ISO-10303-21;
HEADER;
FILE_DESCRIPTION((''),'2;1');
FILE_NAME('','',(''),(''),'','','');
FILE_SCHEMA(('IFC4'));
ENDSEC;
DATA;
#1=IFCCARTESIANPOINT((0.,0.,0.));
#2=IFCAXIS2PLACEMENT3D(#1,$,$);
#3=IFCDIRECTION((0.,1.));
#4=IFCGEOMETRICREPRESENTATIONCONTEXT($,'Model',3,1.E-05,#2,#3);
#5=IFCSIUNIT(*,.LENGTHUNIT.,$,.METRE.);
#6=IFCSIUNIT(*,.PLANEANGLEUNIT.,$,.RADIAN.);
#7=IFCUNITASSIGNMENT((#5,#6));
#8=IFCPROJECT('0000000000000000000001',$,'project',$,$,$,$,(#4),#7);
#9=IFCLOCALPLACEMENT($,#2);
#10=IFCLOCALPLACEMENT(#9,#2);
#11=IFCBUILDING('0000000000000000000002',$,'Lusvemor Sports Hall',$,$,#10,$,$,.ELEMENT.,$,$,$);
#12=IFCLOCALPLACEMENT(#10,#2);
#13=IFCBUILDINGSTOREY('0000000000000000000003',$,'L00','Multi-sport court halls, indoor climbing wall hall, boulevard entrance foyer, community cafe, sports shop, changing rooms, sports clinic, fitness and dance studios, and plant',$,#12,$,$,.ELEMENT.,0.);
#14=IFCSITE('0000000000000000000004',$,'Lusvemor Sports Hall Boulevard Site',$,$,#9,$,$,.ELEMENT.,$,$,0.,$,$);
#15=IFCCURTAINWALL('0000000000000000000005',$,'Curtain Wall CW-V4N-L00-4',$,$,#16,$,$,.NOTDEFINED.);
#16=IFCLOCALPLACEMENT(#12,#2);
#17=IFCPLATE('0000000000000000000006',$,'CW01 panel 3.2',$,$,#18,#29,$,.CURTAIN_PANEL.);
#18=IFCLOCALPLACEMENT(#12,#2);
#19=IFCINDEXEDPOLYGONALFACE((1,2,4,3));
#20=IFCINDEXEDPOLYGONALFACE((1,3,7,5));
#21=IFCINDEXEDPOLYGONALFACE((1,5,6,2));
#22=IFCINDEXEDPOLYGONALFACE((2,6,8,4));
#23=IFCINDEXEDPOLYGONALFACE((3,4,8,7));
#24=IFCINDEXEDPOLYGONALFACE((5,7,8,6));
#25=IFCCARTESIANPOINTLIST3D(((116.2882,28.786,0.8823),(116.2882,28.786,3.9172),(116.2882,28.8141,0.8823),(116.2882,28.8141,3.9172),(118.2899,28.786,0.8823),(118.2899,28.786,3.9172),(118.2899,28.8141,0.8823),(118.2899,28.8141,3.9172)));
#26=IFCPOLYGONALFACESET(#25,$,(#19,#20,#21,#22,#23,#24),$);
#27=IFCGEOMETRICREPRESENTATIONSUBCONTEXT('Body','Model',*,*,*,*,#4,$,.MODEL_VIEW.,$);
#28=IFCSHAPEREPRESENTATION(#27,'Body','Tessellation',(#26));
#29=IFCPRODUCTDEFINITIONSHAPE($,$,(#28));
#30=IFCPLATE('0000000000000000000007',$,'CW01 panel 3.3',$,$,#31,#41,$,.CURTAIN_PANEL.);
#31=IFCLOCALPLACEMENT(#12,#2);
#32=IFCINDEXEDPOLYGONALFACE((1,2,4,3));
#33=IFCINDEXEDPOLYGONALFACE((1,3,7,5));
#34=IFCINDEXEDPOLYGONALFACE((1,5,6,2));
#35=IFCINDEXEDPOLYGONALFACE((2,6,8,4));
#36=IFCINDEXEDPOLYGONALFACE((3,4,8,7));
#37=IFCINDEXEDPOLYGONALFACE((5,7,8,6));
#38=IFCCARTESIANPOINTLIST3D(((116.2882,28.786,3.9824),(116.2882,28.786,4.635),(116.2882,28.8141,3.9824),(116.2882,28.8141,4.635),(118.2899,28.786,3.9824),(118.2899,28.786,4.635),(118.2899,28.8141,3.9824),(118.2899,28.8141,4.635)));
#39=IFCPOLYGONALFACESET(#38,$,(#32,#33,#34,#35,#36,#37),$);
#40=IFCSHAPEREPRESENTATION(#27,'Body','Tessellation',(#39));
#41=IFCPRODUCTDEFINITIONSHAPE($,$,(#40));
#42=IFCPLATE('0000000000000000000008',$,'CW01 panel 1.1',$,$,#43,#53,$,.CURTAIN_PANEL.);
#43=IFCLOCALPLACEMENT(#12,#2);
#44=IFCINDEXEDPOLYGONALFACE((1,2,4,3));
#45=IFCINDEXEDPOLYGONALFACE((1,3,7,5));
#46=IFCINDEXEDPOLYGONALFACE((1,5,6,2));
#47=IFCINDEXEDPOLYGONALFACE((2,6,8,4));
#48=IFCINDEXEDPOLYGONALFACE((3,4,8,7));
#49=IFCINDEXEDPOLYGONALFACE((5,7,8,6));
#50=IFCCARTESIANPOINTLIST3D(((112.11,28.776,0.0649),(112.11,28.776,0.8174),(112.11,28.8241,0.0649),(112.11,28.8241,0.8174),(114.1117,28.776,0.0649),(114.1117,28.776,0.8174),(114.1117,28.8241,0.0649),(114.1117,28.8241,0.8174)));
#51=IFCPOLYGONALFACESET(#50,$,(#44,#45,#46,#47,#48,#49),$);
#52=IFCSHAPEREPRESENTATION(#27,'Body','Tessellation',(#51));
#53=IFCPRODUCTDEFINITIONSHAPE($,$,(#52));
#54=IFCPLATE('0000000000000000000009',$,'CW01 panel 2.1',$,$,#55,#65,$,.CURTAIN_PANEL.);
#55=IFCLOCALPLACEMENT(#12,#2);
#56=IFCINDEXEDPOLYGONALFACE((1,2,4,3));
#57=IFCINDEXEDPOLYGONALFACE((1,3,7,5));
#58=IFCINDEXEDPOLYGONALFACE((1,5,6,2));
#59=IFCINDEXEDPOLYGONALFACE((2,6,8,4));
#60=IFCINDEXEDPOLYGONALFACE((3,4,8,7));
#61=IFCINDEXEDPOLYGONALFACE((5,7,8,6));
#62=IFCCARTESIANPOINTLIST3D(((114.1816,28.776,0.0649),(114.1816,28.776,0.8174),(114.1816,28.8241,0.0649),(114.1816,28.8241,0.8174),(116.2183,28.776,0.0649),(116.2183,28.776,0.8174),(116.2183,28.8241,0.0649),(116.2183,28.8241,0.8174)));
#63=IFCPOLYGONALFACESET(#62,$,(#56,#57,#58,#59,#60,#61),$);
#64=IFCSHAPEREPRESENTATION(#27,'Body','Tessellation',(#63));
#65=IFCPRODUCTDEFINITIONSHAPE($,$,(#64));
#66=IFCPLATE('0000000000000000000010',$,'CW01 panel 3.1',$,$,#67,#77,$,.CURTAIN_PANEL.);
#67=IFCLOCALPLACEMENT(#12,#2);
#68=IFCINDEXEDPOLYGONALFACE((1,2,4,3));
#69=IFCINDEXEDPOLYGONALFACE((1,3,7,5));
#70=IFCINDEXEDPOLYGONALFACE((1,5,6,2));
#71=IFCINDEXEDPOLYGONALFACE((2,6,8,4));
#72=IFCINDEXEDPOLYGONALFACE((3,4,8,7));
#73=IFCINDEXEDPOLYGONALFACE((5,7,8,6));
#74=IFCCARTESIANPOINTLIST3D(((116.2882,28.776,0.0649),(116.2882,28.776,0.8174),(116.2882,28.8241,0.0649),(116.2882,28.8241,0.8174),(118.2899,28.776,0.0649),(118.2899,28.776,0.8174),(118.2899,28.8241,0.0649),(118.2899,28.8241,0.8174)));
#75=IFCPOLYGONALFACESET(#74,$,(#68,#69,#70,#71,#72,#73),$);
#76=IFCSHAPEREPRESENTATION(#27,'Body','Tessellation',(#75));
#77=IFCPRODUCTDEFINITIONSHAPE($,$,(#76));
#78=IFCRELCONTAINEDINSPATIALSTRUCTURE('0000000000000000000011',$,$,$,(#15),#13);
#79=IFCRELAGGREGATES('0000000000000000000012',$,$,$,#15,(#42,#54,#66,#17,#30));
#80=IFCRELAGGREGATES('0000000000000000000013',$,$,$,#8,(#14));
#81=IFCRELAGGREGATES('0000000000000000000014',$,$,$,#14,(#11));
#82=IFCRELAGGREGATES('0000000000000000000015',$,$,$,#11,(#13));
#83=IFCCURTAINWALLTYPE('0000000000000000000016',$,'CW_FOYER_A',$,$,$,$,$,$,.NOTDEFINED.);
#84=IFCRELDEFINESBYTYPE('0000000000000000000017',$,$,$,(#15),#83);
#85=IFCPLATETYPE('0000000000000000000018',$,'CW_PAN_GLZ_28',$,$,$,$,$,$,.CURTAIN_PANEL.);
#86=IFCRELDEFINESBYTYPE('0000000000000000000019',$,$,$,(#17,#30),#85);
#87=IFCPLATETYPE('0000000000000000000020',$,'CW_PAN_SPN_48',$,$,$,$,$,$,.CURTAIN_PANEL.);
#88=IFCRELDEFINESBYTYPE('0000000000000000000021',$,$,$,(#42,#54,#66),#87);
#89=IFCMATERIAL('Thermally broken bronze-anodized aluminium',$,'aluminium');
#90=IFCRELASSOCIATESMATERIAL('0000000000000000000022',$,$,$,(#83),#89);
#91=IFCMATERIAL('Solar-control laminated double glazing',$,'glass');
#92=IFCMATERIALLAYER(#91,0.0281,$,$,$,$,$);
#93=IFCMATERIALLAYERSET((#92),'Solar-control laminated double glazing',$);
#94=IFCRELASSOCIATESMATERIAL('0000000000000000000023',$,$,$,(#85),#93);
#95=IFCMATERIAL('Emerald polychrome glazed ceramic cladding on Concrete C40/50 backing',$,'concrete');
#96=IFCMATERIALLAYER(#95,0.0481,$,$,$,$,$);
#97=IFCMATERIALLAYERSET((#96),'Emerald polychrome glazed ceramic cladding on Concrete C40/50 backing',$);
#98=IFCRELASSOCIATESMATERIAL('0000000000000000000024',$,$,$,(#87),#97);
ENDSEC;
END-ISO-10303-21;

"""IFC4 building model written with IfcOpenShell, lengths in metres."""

from ifc_helpers import new_model, si_unit, direction, frame, origin, origin_2d, place, context, subcontext, project, spatial, rectangle, extrude, material, layer, layer_set, type_object, element, aggregate, save


model = new_model("IFC4")

# Units and contexts
model_context = context("Model", 3, precision=1e-05, world=origin(), true_north=direction((0.0, 1.0)))
body_context = subcontext(model_context, "Body", "Model", "MODEL_VIEW")
ifc_project = project(units=[si_unit("LENGTHUNIT", "METRE"), si_unit("PLANEANGLEUNIT", "RADIAN")], contexts=[model_context])

# Site, building, storey
site_placement = place(None, origin())
site = spatial("IfcSite", under=ifc_project, at=site_placement, Name="Lusvemor Sports Hall Boulevard Site", CompositionType="ELEMENT", RefElevation=0.0)
building_placement = place(site_placement, origin())
building = spatial("IfcBuilding", under=site, at=building_placement, Name="Lusvemor Sports Hall", CompositionType="ELEMENT")
storey_placement = place(building_placement, origin())
storey = spatial("IfcBuildingStorey", under=building, at=storey_placement, Name="L00", Description="Multi-sport court halls, indoor climbing wall hall, boulevard entrance foyer, community cafe, sports shop, changing rooms, sports clinic, fitness and dance studios, and plant", CompositionType="ELEMENT", Elevation=0.0)

# Curtain wall, plates
ifc_material_1 = material(Name="Thermally broken bronze-anodized aluminium", Category="aluminium")
curtain_wall_type = type_object("IfcCurtainWallType", Name="CW_FOYER_A", PredefinedType="NOTDEFINED", material=ifc_material_1)
curtain_wall_placement = place(storey_placement, origin())
curtain_wall = element("IfcCurtainWall", 1, at=curtain_wall_placement, inside=storey, type_object=curtain_wall_type, Name="Curtain Wall CW-V4N-L00-4", PredefinedType="NOTDEFINED")
ifc_material_2 = material(Name="Solar-control laminated double glazing", Category="glass")
ifc_layer_1 = layer(ifc_material_2, 0.0281)
ifc_layer_set_1 = layer_set([ifc_layer_1], Name="Solar-control laminated double glazing")
plate_type_1 = type_object("IfcPlateType", Name="CW_PAN_GLZ_28", PredefinedType="CURTAIN_PANEL", material=ifc_layer_set_1)
plate_1_placement = place(storey_placement, frame((117.2891, 28.8, 0.8823), z_axis=(0.0, 0.0, 1.0), x_axis=(1.0, 0.0, 0.0)))
plate_1 = element("IfcPlate", 2, at=plate_1_placement, type_object=plate_type_1, Name="CW01 panel 3.2", PredefinedType="CURTAIN_PANEL", context=body_context, shape_type="SweptSolid", body=[
    extrude(rectangle(XDim=2.0017, YDim=0.0281, at=origin_2d()), origin(), (0.0, 0.0, 1.0), 3.0349),
])
plate_2_placement = place(storey_placement, frame((117.2891, 28.8, 3.9824), z_axis=(0.0, 0.0, 1.0), x_axis=(1.0, 0.0, 0.0)))
plate_2 = element("IfcPlate", 3, at=plate_2_placement, type_object=plate_type_1, Name="CW01 panel 3.3", PredefinedType="CURTAIN_PANEL", context=body_context, shape_type="SweptSolid", body=[
    extrude(rectangle(XDim=2.0017, YDim=0.0281, at=origin_2d()), origin(), (0.0, 0.0, 1.0), 0.6526),
])
ifc_material_3 = material(Name="Emerald polychrome glazed ceramic cladding on Concrete C40/50 backing", Category="concrete")
ifc_layer_2 = layer(ifc_material_3, 0.0481)
ifc_layer_set_2 = layer_set([ifc_layer_2], Name="Emerald polychrome glazed ceramic cladding on Concrete C40/50 backing")
plate_type_2 = type_object("IfcPlateType", Name="CW_PAN_SPN_48", PredefinedType="CURTAIN_PANEL", material=ifc_layer_set_2)
plate_3_placement = place(storey_placement, frame((113.1108, 28.8, 0.0649), z_axis=(0.0, 0.0, 1.0), x_axis=(1.0, 0.0, 0.0)))
plate_3 = element("IfcPlate", 4, at=plate_3_placement, type_object=plate_type_2, Name="CW01 panel 1.1", PredefinedType="CURTAIN_PANEL", context=body_context, shape_type="SweptSolid", body=[
    extrude(rectangle(XDim=2.0017, YDim=0.0481, at=origin_2d()), origin(), (0.0, 0.0, 1.0), 0.7524),
])
plate_4_placement = place(storey_placement, frame((115.2, 28.8, 0.0649), z_axis=(0.0, 0.0, 1.0), x_axis=(1.0, 0.0, 0.0)))
plate_4 = element("IfcPlate", 5, at=plate_4_placement, type_object=plate_type_2, Name="CW01 panel 2.1", PredefinedType="CURTAIN_PANEL", context=body_context, shape_type="SweptSolid", body=[
    extrude(rectangle(XDim=2.0366, YDim=0.0481, at=origin_2d()), origin(), (0.0, 0.0, 1.0), 0.7524),
])
plate_5_placement = place(storey_placement, frame((117.2891, 28.8, 0.0649), z_axis=(0.0, 0.0, 1.0), x_axis=(1.0, 0.0, 0.0)))
plate_5 = element("IfcPlate", 6, at=plate_5_placement, type_object=plate_type_2, Name="CW01 panel 3.1", PredefinedType="CURTAIN_PANEL", context=body_context, shape_type="SweptSolid", body=[
    extrude(rectangle(XDim=2.0017, YDim=0.0481, at=origin_2d()), origin(), (0.0, 0.0, 1.0), 0.7524),
])
aggregate(curtain_wall, [plate_3, plate_4, plate_5, plate_1, plate_2])

save(model, "model.ifc")
